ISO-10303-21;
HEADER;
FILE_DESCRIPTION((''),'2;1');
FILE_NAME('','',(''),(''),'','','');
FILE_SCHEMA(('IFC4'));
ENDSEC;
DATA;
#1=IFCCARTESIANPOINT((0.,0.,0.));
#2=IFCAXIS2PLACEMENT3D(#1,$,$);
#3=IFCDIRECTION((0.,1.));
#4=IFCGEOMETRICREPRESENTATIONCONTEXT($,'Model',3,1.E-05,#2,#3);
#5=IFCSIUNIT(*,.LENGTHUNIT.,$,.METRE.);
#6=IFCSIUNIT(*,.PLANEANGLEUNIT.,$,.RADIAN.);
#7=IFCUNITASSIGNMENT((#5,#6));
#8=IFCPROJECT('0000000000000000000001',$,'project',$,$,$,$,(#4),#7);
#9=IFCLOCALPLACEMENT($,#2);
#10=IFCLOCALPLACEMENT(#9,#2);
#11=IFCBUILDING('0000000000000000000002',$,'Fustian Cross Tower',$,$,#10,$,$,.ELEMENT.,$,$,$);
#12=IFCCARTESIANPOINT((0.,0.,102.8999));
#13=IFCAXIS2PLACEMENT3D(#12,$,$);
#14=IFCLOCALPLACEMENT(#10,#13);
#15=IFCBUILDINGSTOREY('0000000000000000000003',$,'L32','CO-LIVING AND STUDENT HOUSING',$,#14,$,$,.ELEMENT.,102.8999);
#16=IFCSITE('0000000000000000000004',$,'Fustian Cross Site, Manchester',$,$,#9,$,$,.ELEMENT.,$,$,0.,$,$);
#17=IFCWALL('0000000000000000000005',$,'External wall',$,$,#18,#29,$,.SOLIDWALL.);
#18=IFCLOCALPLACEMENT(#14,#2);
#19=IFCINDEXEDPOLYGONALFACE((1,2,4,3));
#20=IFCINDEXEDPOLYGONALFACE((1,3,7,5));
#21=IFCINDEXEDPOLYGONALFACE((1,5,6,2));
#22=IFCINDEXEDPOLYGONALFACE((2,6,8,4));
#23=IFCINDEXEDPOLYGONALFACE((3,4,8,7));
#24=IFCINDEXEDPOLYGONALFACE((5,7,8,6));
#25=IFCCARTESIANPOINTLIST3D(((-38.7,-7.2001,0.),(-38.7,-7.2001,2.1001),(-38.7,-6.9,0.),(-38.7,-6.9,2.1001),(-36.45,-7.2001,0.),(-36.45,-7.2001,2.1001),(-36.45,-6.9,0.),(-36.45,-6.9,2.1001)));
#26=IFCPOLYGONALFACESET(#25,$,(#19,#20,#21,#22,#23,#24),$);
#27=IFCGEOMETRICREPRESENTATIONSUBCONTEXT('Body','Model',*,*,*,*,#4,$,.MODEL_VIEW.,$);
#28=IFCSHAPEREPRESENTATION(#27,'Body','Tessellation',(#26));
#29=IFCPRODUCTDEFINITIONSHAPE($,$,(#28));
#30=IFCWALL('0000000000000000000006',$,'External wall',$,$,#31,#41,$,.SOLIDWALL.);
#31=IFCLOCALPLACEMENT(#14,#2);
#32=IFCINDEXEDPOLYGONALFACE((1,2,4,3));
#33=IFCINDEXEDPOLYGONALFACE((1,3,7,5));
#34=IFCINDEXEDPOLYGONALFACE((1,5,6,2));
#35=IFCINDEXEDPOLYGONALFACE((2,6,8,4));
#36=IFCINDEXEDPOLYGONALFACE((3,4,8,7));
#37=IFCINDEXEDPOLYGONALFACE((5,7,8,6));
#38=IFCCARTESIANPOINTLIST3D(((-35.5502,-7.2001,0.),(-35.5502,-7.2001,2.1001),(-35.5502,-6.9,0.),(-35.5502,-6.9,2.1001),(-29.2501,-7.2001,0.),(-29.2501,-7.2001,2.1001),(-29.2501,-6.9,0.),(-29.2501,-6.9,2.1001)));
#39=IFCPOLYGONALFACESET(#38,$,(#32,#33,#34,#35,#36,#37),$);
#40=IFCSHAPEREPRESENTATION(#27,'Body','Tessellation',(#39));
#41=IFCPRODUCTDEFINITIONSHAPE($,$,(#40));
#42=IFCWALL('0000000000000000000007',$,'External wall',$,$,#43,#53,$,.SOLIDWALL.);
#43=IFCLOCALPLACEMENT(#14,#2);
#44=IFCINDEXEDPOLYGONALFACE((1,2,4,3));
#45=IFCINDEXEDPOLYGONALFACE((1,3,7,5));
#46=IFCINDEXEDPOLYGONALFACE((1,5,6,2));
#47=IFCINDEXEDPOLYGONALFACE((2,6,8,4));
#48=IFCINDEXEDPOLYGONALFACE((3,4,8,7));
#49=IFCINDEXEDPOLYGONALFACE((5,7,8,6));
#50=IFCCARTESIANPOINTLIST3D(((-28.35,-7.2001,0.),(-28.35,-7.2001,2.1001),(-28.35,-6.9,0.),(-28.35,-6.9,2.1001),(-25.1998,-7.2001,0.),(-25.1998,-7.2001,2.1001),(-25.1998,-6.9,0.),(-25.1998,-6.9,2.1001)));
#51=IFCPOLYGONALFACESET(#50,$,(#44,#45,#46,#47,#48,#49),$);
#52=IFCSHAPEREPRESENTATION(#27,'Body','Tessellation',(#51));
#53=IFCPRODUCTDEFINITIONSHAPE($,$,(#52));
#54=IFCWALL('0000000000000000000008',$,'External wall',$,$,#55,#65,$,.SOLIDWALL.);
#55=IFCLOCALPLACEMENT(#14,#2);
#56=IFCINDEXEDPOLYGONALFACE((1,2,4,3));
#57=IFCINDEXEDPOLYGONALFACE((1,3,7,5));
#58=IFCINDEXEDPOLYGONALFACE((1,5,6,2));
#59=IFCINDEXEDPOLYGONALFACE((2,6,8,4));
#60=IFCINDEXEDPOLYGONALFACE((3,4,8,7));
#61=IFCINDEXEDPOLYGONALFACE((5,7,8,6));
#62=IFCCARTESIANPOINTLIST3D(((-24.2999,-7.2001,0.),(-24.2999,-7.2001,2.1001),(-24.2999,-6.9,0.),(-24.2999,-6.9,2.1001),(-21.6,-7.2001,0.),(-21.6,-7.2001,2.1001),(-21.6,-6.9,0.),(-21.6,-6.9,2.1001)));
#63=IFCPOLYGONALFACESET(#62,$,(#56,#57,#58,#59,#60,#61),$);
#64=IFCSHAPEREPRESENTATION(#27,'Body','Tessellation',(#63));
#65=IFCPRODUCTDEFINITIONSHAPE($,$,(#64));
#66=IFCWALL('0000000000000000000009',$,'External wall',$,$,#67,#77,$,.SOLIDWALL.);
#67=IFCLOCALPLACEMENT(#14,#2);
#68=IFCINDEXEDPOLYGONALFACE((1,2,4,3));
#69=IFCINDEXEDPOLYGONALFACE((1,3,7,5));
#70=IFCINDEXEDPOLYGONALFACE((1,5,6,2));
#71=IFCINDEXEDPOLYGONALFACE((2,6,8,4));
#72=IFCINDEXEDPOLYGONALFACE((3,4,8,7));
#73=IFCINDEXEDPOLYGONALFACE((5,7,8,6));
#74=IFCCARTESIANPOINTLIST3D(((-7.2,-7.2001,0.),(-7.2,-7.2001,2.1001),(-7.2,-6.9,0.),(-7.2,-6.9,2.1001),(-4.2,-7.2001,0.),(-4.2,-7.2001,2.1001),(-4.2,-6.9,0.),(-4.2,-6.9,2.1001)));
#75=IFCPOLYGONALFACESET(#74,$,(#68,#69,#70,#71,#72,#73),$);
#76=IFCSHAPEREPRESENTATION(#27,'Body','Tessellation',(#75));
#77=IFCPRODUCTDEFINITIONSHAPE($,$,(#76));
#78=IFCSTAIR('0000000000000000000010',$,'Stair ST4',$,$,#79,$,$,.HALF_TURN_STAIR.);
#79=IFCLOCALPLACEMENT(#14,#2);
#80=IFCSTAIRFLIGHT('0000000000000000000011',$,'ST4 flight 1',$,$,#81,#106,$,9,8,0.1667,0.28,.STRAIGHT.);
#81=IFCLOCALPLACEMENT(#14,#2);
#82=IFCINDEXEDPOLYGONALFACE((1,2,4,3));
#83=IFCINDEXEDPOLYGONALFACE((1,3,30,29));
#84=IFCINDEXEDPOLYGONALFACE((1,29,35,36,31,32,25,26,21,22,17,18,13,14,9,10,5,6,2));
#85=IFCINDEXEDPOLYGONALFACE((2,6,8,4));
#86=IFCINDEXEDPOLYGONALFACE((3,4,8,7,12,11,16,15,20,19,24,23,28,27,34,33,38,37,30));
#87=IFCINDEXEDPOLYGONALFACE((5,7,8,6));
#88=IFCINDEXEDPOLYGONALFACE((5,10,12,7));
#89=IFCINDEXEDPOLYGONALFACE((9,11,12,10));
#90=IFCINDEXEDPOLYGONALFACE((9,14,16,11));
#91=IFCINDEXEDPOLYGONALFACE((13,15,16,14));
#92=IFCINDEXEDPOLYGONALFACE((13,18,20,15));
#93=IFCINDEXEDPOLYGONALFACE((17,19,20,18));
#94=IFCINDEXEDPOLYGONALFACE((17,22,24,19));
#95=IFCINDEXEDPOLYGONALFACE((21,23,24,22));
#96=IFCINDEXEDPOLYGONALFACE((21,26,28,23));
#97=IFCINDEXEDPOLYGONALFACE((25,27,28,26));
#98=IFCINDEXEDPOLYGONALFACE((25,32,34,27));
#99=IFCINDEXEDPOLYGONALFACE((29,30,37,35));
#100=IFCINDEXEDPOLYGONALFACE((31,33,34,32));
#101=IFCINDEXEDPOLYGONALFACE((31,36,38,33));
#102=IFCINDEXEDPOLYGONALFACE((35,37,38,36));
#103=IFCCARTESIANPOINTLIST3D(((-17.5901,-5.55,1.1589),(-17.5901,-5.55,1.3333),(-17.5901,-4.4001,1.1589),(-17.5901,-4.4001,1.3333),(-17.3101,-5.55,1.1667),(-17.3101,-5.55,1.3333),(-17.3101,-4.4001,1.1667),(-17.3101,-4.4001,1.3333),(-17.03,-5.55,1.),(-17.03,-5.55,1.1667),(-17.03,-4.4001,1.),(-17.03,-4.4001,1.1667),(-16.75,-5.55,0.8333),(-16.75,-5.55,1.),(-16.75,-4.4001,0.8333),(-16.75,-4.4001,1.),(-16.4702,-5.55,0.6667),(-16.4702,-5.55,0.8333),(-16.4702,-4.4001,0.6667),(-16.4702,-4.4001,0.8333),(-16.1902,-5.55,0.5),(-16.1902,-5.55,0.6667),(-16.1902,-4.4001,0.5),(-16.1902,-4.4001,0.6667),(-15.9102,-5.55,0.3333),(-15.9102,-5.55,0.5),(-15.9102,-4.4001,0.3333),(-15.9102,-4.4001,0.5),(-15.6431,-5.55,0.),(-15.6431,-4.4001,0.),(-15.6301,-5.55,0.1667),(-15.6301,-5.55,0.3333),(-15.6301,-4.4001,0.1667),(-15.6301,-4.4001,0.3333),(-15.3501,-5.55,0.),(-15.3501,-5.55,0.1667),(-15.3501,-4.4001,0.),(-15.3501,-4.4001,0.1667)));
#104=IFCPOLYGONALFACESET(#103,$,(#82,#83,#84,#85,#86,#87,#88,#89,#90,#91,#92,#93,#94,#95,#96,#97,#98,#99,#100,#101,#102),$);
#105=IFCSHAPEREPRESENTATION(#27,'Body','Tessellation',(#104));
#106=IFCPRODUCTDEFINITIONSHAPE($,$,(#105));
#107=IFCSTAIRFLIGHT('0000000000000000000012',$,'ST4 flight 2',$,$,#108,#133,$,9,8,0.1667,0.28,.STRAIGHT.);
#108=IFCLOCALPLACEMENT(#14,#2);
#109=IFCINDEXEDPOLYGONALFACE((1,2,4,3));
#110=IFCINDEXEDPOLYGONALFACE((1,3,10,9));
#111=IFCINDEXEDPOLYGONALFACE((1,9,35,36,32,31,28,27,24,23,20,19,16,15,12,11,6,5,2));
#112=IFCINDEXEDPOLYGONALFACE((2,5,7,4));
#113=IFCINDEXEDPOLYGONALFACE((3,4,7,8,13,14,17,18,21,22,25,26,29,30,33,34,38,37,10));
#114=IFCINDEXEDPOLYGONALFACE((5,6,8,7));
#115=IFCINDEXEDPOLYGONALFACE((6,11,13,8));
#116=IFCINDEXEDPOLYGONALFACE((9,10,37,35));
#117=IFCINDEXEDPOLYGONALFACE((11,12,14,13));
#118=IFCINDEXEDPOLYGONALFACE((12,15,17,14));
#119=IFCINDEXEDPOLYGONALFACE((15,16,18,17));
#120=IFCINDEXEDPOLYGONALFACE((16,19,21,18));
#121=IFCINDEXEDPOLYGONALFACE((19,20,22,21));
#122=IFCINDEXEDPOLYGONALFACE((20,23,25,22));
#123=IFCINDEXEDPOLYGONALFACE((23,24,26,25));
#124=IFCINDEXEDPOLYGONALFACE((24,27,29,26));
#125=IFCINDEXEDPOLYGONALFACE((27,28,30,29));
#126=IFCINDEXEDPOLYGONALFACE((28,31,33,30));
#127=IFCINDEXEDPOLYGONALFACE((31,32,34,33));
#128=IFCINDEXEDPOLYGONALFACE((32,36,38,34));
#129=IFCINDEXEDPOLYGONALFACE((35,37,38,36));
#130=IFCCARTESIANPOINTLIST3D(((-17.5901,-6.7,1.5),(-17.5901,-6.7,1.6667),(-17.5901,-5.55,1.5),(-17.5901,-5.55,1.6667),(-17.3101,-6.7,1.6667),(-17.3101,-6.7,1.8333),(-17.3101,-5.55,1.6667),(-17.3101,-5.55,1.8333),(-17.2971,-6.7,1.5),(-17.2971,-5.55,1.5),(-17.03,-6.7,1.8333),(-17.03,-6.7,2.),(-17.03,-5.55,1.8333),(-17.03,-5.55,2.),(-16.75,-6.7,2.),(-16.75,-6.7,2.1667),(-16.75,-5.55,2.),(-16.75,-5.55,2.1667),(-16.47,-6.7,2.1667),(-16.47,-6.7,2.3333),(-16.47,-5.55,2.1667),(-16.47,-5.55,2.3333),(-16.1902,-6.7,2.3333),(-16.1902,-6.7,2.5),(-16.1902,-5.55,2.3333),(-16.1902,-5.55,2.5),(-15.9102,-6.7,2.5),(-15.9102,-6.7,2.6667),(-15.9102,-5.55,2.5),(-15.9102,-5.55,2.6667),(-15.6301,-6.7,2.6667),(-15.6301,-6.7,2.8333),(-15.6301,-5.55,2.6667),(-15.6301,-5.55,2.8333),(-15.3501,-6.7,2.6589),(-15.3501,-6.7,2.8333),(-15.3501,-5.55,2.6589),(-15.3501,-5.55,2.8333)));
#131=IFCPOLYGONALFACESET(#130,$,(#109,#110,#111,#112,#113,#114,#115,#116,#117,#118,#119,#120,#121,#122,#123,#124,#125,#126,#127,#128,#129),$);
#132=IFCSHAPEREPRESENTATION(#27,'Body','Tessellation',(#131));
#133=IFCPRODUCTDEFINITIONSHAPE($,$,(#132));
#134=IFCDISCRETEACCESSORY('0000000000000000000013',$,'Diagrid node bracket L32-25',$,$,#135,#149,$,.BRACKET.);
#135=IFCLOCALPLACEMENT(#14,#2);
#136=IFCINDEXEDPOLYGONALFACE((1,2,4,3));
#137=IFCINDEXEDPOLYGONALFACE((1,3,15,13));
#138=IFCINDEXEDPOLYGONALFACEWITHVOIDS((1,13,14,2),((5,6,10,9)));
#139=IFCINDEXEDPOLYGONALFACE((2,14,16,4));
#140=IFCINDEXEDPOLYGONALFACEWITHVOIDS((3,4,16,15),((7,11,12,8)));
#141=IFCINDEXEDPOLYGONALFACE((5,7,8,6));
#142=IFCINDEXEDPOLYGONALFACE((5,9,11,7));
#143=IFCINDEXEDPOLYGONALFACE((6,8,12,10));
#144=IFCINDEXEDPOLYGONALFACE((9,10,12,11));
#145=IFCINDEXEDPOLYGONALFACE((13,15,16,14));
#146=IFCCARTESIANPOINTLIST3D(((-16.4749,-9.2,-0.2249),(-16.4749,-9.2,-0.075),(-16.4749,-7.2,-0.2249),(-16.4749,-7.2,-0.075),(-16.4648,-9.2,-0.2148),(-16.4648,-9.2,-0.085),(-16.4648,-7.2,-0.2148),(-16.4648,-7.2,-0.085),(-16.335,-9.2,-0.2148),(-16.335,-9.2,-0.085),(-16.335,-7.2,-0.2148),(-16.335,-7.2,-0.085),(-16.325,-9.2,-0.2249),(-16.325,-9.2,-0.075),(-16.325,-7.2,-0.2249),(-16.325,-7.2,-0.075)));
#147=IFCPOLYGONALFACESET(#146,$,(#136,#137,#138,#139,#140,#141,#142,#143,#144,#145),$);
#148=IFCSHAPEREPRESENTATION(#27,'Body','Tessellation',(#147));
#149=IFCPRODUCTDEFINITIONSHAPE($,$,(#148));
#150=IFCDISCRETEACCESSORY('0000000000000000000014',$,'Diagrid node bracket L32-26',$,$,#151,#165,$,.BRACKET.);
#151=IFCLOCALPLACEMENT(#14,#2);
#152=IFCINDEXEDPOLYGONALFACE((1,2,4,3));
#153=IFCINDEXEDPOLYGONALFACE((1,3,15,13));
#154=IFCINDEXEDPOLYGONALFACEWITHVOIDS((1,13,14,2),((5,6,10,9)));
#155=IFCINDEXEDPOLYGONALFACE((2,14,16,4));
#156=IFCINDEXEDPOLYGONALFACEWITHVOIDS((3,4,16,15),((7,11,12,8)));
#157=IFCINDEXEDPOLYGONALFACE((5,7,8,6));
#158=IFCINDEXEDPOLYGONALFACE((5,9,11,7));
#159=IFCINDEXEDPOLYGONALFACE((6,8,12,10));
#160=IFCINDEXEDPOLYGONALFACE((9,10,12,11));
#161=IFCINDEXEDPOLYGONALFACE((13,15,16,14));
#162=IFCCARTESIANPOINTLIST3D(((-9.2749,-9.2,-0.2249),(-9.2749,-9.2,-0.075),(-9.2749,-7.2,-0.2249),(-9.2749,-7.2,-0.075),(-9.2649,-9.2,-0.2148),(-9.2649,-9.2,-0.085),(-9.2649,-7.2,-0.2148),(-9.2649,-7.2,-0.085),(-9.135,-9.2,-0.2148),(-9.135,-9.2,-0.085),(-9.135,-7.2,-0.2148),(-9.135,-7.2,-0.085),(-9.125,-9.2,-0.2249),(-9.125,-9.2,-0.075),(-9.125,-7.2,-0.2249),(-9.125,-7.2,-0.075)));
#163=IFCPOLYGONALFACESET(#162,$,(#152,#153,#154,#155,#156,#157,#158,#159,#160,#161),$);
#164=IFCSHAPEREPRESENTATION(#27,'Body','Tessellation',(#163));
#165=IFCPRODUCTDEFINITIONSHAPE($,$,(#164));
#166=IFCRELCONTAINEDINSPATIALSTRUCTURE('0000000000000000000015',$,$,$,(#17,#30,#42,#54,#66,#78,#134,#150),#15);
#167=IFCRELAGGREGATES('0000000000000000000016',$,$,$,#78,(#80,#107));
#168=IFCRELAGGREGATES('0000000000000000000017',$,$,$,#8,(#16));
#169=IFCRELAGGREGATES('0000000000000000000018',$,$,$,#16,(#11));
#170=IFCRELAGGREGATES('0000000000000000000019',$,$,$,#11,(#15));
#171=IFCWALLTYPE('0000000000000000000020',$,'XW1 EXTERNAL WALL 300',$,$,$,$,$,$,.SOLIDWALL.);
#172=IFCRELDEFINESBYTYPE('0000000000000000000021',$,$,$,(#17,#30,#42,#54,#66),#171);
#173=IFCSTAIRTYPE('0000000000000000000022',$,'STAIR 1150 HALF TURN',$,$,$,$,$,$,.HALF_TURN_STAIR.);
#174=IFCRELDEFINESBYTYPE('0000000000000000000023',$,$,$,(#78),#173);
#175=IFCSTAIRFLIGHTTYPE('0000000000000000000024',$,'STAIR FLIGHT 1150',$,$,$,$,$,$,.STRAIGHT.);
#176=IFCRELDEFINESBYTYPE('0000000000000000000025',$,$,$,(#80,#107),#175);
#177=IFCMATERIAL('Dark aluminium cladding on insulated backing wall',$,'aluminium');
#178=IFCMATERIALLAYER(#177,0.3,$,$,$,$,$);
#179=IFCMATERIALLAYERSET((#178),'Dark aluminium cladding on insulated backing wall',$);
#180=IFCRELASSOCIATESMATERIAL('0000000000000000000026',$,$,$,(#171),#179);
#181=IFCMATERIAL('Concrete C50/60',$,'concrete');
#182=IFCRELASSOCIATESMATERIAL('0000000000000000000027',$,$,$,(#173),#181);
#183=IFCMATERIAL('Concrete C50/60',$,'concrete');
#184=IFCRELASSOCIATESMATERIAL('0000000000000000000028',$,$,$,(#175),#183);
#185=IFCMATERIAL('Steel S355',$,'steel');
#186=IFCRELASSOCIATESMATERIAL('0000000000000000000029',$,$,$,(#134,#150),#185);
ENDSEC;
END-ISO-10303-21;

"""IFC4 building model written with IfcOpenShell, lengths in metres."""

from ifc_helpers import new_model, si_unit, direction, frame, frame_2d, origin, origin_2d, place, context, subcontext, project, spatial, polyline, rectangle, hollow_rectangle, outline, extrude, material, layer, layer_set, type_object, element, aggregate, save


model = new_model("IFC4")

# Units and contexts
model_context = context("Model", 3, precision=1e-05, world=origin(), true_north=direction((0.0, 1.0)))
body_context = subcontext(model_context, "Body", "Model", "MODEL_VIEW")
ifc_project = project(units=[si_unit("LENGTHUNIT", "METRE"), si_unit("PLANEANGLEUNIT", "RADIAN")], contexts=[model_context])

# Site, building, storey
site_placement = place(None, origin())
site = spatial("IfcSite", under=ifc_project, at=site_placement, Name="Fustian Cross Site, Manchester", CompositionType="ELEMENT", RefElevation=0.0)
building_placement = place(site_placement, origin())
building = spatial("IfcBuilding", under=site, at=building_placement, Name="Fustian Cross Tower", CompositionType="ELEMENT")
storey_placement = place(building_placement, frame((0.0, 0.0, 102.8999)))
storey = spatial("IfcBuildingStorey", under=building, at=storey_placement, Name="L32", Description="CO-LIVING AND STUDENT HOUSING", CompositionType="ELEMENT", Elevation=102.8999)

# Walls
ifc_material_1 = material(Name="Dark aluminium cladding on insulated backing wall", Category="aluminium")
ifc_layer_1 = layer(ifc_material_1, 0.3)
ifc_layer_set_1 = layer_set([ifc_layer_1], Name="Dark aluminium cladding on insulated backing wall")
wall_type_1 = type_object("IfcWallType", Name="XW1 EXTERNAL WALL 300", PredefinedType="SOLIDWALL", material=ifc_layer_set_1)
wall_1_placement = place(storey_placement, frame((-38.7, -7.05, 0.0), z_axis=(0.0, 0.0, 1.0), x_axis=(1.0, 0.0, 0.0)))
element("IfcWall", 1, at=wall_1_placement, inside=storey, type_object=wall_type_1, Name="External wall", PredefinedType="SOLIDWALL", context=body_context, shape_type="SweptSolid", body=[
    extrude(rectangle(XDim=2.25, YDim=0.3, at=frame_2d((1.125, 0.0))), origin(), (0.0, 0.0, 1.0), 2.1001),
])
wall_2_placement = place(storey_placement, frame((-35.55, -7.05, 0.0), z_axis=(0.0, 0.0, 1.0), x_axis=(1.0, 0.0, 0.0)))
element("IfcWall", 2, at=wall_2_placement, inside=storey, type_object=wall_type_1, Name="External wall", PredefinedType="SOLIDWALL", context=body_context, shape_type="SweptSolid", body=[
    extrude(rectangle(XDim=6.3, YDim=0.3, at=frame_2d((3.1499, 0.0))), origin(), (0.0, 0.0, 1.0), 2.1001),
])
wall_3_placement = place(storey_placement, frame((-28.3501, -7.05, 0.0), z_axis=(0.0, 0.0, 1.0), x_axis=(1.0, 0.0, 0.0)))
element("IfcWall", 3, at=wall_3_placement, inside=storey, type_object=wall_type_1, Name="External wall", PredefinedType="SOLIDWALL", context=body_context, shape_type="SweptSolid", body=[
    extrude(rectangle(XDim=3.1501, YDim=0.3, at=frame_2d((1.5752, 0.0))), origin(), (0.0, 0.0, 1.0), 2.1001),
])
wall_4_placement = place(storey_placement, frame((-24.3, -7.05, 0.0), z_axis=(0.0, 0.0, 1.0), x_axis=(1.0, 0.0, 0.0)))
element("IfcWall", 4, at=wall_4_placement, inside=storey, type_object=wall_type_1, Name="External wall", PredefinedType="SOLIDWALL", context=body_context, shape_type="SweptSolid", body=[
    extrude(rectangle(XDim=2.7, YDim=0.3, at=frame_2d((1.3501, 0.0))), origin(), (0.0, 0.0, 1.0), 2.1001),
])
wall_5_placement = place(storey_placement, frame((-7.2, -7.05, 0.0), z_axis=(0.0, 0.0, 1.0), x_axis=(1.0, 0.0, 0.0)))
element("IfcWall", 5, at=wall_5_placement, inside=storey, type_object=wall_type_1, Name="External wall", PredefinedType="SOLIDWALL", context=body_context, shape_type="SweptSolid", body=[
    extrude(rectangle(XDim=3.0, YDim=0.3, at=frame_2d((1.5, 0.0))), origin(), (0.0, 0.0, 1.0), 2.1001),
])

# Stair, stair flights
ifc_material_2 = material(Name="Concrete C50/60", Category="concrete")
stair_type = type_object("IfcStairType", Name="STAIR 1150 HALF TURN", PredefinedType="HALF_TURN_STAIR", material=ifc_material_2)
stair_placement = place(storey_placement, origin())
stair = element("IfcStair", 6, at=stair_placement, inside=storey, type_object=stair_type, Name="Stair ST4", PredefinedType="HALF_TURN_STAIR")
ifc_material_3 = material(Name="Concrete C50/60", Category="concrete")
stair_flight_type = type_object("IfcStairFlightType", Name="STAIR FLIGHT 1150", PredefinedType="STRAIGHT", material=ifc_material_3)
stair_flight_1_placement = place(storey_placement, frame((-15.3501, -4.9751, 0.0), z_axis=(0.0, 0.0, 1.0), x_axis=(-1.0, 0.0, 0.0)))
stair_flight_1 = element("IfcStairFlight", 7, at=stair_flight_1_placement, type_object=stair_flight_type, Name="ST4 flight 1", NumberOfRisers=9, NumberOfTreads=8, PredefinedType="STRAIGHT", RiserHeight=0.1667, TreadLength=0.28, context=body_context, shape_type="SweptSolid", body=[
    extrude(outline(polyline([(0.0, 0.0), (0.0, 0.1667), (0.28, 0.1667), (0.28, 0.3333), (0.5601, 0.3333), (0.5601, 0.5), (0.8401, 0.5), (0.8401, 0.6667), (1.1201, 0.6667), (1.1201, 0.8333), (1.3999, 0.8333), (1.3999, 1.0), (1.6799, 1.0), (1.6799, 1.1667), (1.96, 1.1667), (1.96, 1.3333), (2.24, 1.3333), (2.24, 1.5), (2.24, 1.1589), (0.293, 0.0), (0.0, 0.0)])), frame((0.0, 0.575, 0.0), z_axis=(0.0, -1.0, 0.0), x_axis=(1.0, 0.0, 0.0)), (0.0, 0.0, 1.0), 1.1499),
])
stair_flight_2_placement = place(storey_placement, frame((-17.5901, -6.125, 1.5), z_axis=(0.0, 0.0, 1.0), x_axis=(1.0, 0.0, 0.0)))
stair_flight_2 = element("IfcStairFlight", 8, at=stair_flight_2_placement, type_object=stair_flight_type, Name="ST4 flight 2", NumberOfRisers=9, NumberOfTreads=8, PredefinedType="STRAIGHT", RiserHeight=0.1667, TreadLength=0.28, context=body_context, shape_type="SweptSolid", body=[
    extrude(outline(polyline([(0.0, 0.0), (0.0, 0.1667), (0.28, 0.1667), (0.28, 0.3333), (0.5601, 0.3333), (0.5601, 0.5), (0.8401, 0.5), (0.8401, 0.6667), (1.1201, 0.6667), (1.1201, 0.8333), (1.3999, 0.8333), (1.3999, 1.0), (1.6799, 1.0), (1.6799, 1.1667), (1.96, 1.1667), (1.96, 1.3333), (2.24, 1.3333), (2.24, 1.5), (2.24, 1.1589), (0.293, 0.0), (0.0, 0.0)])), frame((0.0, 0.575, 0.0), z_axis=(0.0, -1.0, 0.0), x_axis=(1.0, 0.0, 0.0)), (0.0, 0.0, 1.0), 1.1499),
])
aggregate(stair, [stair_flight_1, stair_flight_2])

# Discrete accessories
ifc_material_4 = material(Name="Steel S355", Category="steel")
for number, where, z_axis, x_axis, name in (
    (9, (-16.3999, -9.2, -0.1499), (0.0, 1.0, 0.0), (-1.0, 0.0, 0.0), "Diagrid node bracket L32-25"),
    (10, (-9.2, -9.2, -0.1499), (0.0, 1.0, 0.0), (-1.0, 0.0, 0.0), "Diagrid node bracket L32-26"),
):
    element("IfcDiscreteAccessory", number, at=place(storey_placement, frame(where, z_axis=z_axis, x_axis=x_axis)), inside=storey, material=ifc_material_4, Name=name, PredefinedType="BRACKET", context=body_context, shape_type="SweptSolid", body=[
        extrude(hollow_rectangle(XDim=0.1499, YDim=0.1499, WallThickness=0.01, at=origin_2d()), origin(), (0.0, 0.0, 1.0), 2.0),
    ])

save(model, "model.ifc")
